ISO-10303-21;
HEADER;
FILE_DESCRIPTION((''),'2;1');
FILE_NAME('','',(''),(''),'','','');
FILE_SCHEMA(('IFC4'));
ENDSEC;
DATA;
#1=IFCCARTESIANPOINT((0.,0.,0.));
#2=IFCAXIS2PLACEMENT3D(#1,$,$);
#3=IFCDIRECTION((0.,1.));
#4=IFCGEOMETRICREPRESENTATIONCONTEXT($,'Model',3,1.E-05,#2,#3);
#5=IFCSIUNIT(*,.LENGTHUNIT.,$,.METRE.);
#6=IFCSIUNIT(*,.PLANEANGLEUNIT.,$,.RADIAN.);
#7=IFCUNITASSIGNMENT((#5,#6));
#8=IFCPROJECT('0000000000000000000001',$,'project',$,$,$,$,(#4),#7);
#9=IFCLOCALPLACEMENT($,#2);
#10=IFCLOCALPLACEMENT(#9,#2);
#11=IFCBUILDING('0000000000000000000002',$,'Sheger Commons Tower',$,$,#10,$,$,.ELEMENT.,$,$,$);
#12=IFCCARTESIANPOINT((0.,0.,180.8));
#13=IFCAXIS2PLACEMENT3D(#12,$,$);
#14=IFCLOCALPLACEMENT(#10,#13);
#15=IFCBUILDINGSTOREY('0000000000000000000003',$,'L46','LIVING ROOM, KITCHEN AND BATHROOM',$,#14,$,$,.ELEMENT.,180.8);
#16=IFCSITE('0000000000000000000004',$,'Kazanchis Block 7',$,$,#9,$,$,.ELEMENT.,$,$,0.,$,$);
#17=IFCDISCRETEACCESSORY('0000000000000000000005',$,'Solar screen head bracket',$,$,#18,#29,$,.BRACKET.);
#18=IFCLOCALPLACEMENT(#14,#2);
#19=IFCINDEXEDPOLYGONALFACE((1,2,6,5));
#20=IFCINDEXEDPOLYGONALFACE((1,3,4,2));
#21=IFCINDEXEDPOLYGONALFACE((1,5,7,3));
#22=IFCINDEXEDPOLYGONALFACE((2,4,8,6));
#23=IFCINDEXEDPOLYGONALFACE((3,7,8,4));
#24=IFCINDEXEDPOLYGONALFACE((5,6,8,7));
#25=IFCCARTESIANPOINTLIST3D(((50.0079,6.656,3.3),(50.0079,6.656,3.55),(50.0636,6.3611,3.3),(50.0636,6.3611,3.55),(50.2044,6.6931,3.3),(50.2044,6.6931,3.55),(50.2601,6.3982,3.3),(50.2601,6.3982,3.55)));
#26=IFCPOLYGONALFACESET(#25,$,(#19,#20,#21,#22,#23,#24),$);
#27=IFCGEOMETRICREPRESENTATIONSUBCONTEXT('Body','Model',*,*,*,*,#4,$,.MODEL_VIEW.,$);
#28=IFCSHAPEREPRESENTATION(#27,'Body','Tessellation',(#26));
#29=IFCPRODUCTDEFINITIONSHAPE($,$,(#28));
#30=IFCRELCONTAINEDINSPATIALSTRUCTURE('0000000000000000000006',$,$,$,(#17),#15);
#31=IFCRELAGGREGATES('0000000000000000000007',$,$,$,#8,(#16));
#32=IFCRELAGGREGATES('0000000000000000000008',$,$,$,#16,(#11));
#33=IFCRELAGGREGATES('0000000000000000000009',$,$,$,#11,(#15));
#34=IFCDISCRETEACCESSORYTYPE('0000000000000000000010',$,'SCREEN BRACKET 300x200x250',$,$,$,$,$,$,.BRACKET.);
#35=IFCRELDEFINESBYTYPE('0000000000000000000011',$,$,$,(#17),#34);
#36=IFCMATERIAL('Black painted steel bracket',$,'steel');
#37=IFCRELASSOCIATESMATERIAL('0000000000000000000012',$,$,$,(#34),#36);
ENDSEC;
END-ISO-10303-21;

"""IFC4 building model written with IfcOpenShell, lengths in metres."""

from ifc_helpers import new_model, si_unit, direction, frame, origin, origin_2d, place, context, subcontext, project, spatial, rectangle, extrude, material, type_object, element, save


model = new_model("IFC4")

# Units and contexts
model_context = context("Model", 3, precision=1e-05, world=origin(), true_north=direction((0.0, 1.0)))
body_context = subcontext(model_context, "Body", "Model", "MODEL_VIEW")
ifc_project = project(units=[si_unit("LENGTHUNIT", "METRE"), si_unit("PLANEANGLEUNIT", "RADIAN")], contexts=[model_context])

# Site, building, storey
site_placement = place(None, origin())
site = spatial("IfcSite", under=ifc_project, at=site_placement, Name="Kazanchis Block 7", CompositionType="ELEMENT", RefElevation=0.0)
building_placement = place(site_placement, origin())
building = spatial("IfcBuilding", under=site, at=building_placement, Name="Sheger Commons Tower", CompositionType="ELEMENT")
storey_placement = place(building_placement, frame((0.0, 0.0, 180.8)))
storey = spatial("IfcBuildingStorey", under=building, at=storey_placement, Name="L46", Description="LIVING ROOM, KITCHEN AND BATHROOM", CompositionType="ELEMENT", Elevation=180.8)

# Discrete accessory
ifc_material_1 = material(Name="Black painted steel bracket", Category="steel")
discrete_accessory_type = type_object("IfcDiscreteAccessoryType", Name="SCREEN BRACKET 300x200x250", PredefinedType="BRACKET", material=ifc_material_1)
for number, where, z_axis, x_axis, name in (
    (1, (50.134, 6.5271, 3.3), (0.0, 0.0, 1.0), (-0.185615, 0.982623, 0.0), "Solar screen head bracket"),
):
    element("IfcDiscreteAccessory", number, at=place(storey_placement, frame(where, z_axis=z_axis, x_axis=x_axis)), inside=storey, type_object=discrete_accessory_type, Name=name, PredefinedType="BRACKET", context=body_context, shape_type="SweptSolid", body=[
        extrude(rectangle(XDim=0.3, YDim=0.2, at=origin_2d()), origin(), (0.0, 0.0, 1.0), 0.25),
    ])

save(model, "model.ifc")
